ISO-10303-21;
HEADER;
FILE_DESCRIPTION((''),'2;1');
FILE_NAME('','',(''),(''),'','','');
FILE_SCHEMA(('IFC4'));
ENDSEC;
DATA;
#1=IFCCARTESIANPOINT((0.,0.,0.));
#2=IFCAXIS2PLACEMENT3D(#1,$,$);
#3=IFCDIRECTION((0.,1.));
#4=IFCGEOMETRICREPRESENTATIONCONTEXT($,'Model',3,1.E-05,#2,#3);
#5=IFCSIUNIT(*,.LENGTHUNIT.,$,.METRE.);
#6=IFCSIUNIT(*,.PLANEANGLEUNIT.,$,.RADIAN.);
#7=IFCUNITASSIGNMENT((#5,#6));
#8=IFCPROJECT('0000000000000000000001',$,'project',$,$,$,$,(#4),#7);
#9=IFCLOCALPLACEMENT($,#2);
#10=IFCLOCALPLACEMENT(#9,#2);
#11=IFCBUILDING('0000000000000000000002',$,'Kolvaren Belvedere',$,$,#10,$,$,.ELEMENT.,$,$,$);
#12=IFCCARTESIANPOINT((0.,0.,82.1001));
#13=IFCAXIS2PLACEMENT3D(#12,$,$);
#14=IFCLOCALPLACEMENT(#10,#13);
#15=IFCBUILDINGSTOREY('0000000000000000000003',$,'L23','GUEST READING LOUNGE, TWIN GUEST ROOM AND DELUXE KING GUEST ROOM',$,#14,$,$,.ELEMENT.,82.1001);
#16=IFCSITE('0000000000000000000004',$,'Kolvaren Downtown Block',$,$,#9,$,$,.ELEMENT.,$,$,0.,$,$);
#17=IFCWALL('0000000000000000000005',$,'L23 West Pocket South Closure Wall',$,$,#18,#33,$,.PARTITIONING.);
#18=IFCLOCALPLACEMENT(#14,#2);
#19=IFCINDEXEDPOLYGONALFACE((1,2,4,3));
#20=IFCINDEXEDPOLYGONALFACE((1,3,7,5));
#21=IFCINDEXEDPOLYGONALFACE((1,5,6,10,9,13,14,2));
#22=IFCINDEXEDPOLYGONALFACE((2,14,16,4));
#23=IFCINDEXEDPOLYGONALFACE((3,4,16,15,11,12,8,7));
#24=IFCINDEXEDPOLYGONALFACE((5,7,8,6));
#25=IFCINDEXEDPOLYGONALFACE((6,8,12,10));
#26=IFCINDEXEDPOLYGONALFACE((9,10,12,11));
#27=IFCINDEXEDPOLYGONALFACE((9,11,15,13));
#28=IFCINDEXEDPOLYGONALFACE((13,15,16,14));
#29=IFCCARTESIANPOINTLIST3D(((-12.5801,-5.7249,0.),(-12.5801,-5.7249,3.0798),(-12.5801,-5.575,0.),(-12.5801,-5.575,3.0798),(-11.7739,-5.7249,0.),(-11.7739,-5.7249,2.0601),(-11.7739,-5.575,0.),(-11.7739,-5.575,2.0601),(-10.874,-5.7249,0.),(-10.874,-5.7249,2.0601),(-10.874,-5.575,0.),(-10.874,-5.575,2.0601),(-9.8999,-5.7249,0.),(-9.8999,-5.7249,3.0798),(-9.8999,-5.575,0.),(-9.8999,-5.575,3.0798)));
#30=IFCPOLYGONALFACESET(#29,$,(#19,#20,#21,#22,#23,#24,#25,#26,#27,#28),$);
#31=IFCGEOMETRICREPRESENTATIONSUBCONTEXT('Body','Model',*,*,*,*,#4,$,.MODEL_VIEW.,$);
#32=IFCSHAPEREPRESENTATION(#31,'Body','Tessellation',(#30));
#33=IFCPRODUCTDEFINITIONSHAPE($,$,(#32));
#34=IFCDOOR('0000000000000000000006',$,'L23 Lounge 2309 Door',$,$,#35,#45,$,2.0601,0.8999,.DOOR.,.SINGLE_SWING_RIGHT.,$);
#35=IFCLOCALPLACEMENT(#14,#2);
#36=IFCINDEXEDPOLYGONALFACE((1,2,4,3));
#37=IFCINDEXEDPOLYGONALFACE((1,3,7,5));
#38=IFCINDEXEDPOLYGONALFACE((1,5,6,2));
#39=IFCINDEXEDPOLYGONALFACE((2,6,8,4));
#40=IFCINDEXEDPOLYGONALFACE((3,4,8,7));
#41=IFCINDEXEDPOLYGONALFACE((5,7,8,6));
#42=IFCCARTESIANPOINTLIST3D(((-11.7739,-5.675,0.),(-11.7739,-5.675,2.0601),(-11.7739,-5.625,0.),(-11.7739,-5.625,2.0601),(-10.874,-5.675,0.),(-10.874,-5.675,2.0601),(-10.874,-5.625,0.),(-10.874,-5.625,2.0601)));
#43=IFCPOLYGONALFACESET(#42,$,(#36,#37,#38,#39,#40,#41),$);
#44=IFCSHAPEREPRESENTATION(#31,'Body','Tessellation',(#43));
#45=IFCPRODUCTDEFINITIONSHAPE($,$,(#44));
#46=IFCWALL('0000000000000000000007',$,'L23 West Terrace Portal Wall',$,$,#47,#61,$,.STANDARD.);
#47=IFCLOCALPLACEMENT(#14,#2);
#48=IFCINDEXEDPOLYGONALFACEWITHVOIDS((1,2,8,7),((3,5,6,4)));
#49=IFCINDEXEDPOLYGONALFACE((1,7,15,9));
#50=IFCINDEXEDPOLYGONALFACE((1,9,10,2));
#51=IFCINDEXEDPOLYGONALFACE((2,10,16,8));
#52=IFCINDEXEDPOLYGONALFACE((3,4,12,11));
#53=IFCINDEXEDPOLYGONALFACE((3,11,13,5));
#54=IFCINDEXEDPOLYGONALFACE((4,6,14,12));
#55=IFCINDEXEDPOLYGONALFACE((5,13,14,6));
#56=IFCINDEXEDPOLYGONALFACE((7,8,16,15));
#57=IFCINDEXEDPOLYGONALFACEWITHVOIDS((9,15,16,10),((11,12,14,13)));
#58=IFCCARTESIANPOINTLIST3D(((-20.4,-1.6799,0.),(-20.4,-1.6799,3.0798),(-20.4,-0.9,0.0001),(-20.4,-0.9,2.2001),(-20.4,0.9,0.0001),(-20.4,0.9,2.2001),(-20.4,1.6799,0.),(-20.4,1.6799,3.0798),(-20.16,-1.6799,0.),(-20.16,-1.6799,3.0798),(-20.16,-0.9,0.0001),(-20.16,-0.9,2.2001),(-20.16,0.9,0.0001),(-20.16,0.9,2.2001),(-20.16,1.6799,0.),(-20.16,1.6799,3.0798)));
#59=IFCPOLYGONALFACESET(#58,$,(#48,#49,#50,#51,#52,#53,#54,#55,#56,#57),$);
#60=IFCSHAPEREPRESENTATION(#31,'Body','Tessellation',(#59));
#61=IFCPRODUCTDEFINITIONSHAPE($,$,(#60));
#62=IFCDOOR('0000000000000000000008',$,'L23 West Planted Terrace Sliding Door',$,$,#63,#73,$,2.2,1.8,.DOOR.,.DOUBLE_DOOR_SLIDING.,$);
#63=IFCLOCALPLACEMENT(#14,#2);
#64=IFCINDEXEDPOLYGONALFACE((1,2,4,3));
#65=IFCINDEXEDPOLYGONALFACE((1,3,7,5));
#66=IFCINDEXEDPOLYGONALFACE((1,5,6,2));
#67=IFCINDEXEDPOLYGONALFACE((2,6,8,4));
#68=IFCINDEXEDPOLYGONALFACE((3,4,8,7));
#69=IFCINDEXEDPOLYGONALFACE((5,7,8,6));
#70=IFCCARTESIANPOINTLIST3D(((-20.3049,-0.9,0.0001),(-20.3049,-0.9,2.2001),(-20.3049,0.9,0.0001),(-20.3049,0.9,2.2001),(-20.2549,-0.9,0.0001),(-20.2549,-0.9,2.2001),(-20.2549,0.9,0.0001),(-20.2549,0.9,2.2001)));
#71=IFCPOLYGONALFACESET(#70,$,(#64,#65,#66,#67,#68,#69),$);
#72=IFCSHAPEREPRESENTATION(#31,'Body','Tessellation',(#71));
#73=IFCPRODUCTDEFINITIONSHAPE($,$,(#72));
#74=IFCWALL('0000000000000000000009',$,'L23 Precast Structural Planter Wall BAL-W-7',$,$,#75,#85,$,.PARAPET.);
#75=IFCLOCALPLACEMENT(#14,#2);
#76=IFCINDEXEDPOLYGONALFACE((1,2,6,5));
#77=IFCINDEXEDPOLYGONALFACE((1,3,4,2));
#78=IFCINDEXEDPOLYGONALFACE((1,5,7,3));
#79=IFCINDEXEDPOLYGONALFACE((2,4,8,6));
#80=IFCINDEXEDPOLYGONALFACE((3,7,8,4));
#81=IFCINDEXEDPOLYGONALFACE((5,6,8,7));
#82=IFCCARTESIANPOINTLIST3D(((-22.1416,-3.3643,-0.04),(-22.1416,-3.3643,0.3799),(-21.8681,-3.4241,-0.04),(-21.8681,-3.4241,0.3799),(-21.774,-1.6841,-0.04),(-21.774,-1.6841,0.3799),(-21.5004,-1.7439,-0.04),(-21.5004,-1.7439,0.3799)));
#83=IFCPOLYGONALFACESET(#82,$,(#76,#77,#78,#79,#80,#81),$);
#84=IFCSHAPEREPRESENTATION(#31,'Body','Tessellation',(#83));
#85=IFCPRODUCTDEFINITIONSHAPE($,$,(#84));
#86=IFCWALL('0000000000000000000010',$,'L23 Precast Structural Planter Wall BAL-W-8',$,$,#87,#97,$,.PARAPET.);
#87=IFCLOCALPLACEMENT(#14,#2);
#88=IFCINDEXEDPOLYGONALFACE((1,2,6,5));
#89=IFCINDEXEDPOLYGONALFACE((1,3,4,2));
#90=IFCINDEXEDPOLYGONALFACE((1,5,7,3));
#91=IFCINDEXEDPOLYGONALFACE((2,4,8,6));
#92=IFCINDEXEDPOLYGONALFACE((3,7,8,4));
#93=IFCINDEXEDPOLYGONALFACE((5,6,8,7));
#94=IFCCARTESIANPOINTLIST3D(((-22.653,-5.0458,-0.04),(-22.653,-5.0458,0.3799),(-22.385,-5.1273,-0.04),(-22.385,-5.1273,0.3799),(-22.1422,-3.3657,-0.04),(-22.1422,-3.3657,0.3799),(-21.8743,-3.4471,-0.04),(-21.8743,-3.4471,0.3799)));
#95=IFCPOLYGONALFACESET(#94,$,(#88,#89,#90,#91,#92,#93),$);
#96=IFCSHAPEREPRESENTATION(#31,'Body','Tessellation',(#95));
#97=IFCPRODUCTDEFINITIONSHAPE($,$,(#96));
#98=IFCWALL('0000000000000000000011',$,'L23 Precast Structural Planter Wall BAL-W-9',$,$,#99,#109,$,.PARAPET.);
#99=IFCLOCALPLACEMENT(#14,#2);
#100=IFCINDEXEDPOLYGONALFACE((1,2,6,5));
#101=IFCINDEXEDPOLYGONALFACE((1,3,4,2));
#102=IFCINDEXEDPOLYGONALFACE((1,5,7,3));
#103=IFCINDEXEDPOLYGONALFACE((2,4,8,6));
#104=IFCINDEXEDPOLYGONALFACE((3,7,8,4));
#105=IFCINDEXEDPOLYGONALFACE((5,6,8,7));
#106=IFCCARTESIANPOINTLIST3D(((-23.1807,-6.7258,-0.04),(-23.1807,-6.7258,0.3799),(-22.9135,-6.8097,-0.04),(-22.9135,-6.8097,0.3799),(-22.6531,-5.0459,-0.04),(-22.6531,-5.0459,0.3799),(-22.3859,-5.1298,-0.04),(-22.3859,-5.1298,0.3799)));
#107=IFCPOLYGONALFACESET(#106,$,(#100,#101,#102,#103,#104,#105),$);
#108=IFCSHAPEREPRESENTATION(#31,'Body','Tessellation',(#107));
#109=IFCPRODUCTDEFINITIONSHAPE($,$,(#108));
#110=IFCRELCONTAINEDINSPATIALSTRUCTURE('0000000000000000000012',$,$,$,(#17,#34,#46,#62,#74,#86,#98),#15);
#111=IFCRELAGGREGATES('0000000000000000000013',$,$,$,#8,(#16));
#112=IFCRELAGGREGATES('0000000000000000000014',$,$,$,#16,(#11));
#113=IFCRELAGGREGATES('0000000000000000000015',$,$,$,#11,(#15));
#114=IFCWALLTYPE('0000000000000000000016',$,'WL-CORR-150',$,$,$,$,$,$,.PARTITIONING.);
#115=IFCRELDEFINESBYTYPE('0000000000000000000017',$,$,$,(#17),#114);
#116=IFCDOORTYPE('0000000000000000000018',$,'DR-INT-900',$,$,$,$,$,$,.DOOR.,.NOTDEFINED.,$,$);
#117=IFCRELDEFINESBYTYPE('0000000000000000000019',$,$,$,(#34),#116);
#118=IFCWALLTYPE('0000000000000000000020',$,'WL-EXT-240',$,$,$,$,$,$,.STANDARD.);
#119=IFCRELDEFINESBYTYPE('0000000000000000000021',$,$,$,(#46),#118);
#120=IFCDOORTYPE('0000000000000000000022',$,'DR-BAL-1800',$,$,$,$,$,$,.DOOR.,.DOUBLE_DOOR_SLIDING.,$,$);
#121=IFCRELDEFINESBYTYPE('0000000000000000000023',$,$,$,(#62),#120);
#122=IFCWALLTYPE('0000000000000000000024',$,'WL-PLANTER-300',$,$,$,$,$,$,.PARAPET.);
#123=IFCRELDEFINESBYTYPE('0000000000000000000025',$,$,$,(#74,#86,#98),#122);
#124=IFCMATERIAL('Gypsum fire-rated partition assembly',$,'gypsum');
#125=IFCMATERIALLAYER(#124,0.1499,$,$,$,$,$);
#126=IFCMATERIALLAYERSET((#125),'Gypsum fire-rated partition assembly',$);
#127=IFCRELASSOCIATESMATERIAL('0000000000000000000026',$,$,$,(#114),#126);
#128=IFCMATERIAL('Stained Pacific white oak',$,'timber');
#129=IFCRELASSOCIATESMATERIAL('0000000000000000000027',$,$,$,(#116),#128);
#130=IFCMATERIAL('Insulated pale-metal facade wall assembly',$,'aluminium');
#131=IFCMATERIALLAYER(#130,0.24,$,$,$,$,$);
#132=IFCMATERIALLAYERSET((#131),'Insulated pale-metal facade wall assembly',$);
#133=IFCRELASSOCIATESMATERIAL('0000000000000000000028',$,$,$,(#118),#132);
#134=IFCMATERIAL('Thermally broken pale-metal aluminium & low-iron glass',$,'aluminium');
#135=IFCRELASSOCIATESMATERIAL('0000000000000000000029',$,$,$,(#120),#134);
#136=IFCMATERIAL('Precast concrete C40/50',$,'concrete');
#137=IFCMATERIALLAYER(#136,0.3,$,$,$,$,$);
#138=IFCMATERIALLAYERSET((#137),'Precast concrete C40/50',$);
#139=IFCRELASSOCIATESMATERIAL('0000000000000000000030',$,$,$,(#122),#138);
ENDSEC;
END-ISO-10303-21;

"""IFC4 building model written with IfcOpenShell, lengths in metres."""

from ifc_helpers import new_model, si_unit, direction, frame, frame_2d, origin, place, context, subcontext, project, spatial, rectangle, extrude, material, layer, layer_set, type_object, element, fill, save


model = new_model("IFC4")

# Units and contexts
model_context = context("Model", 3, precision=1e-05, world=origin(), true_north=direction((0.0, 1.0)))
body_context = subcontext(model_context, "Body", "Model", "MODEL_VIEW")
ifc_project = project(units=[si_unit("LENGTHUNIT", "METRE"), si_unit("PLANEANGLEUNIT", "RADIAN")], contexts=[model_context])

# Site, building, storey
site_placement = place(None, origin())
site = spatial("IfcSite", under=ifc_project, at=site_placement, Name="Kolvaren Downtown Block", CompositionType="ELEMENT", RefElevation=0.0)
building_placement = place(site_placement, origin())
building = spatial("IfcBuilding", under=site, at=building_placement, Name="Kolvaren Belvedere", CompositionType="ELEMENT")
storey_placement = place(building_placement, frame((0.0, 0.0, 82.1001)))
storey = spatial("IfcBuildingStorey", under=building, at=storey_placement, Name="L23", Description="GUEST READING LOUNGE, TWIN GUEST ROOM AND DELUXE KING GUEST ROOM", CompositionType="ELEMENT", Elevation=82.1001)

# Walls, openings, doors
ifc_material_1 = material(Name="Gypsum fire-rated partition assembly", Category="gypsum")
ifc_layer_1 = layer(ifc_material_1, 0.1499)
ifc_layer_set_1 = layer_set([ifc_layer_1], Name="Gypsum fire-rated partition assembly")
wall_type_1 = type_object("IfcWallType", Name="WL-CORR-150", PredefinedType="PARTITIONING", material=ifc_layer_set_1)
ifc_material_2 = material(Name="Stained Pacific white oak", Category="timber")
door_type_1 = type_object("IfcDoorType", Name="DR-INT-900", OperationType="NOTDEFINED", PredefinedType="DOOR", material=ifc_material_2)
wall_1_placement = place(storey_placement, frame((-12.5801, -5.6499, 0.0), z_axis=(0.0, 0.0, 1.0), x_axis=(1.0, 0.0, 0.0)))
wall_1 = element("IfcWall", 1, at=wall_1_placement, inside=storey, type_object=wall_type_1, Name="L23 West Pocket South Closure Wall", PredefinedType="PARTITIONING", context=body_context, shape_type="SweptSolid", body=[
    extrude(rectangle(XDim=2.6802, YDim=0.1499, at=frame_2d((1.3401, 0.0))), origin(), (0.0, 0.0, 1.0), 3.0798),
])
opening_1_placement = place(wall_1_placement, frame((0.8062, 0.0, 0.0)))
opening_1 = element("IfcOpeningElement", 2, at=opening_1_placement, cuts=wall_1, PredefinedType="OPENING", context=body_context, shape_type="SweptSolid", body=[
    extrude(rectangle(XDim=0.8999, YDim=2.0601, at=frame_2d((0.45, 1.03))), frame((0.0, 0.085, 0.0), z_axis=(0.0, -1.0, 0.0), x_axis=(1.0, 0.0, 0.0)), (0.0, 0.0, 1.0), 0.1699),
])
door_1_placement = place(opening_1_placement, origin())
door_1 = element("IfcDoor", 3, at=door_1_placement, inside=storey, type_object=door_type_1, Name="L23 Lounge 2309 Door", OperationType="SINGLE_SWING_RIGHT", OverallHeight=2.0601, OverallWidth=0.8999, PredefinedType="DOOR", context=body_context, shape_type="SweptSolid", body=[
    extrude(rectangle(XDim=0.8999, YDim=2.0601, at=frame_2d((0.45, 1.03))), frame((0.0, 0.0249, 0.0), z_axis=(0.0, -1.0, 0.0), x_axis=(1.0, 0.0, 0.0)), (0.0, 0.0, 1.0), 0.05),
])
fill(opening_1, door_1)
ifc_material_3 = material(Name="Insulated pale-metal facade wall assembly", Category="aluminium")
ifc_layer_2 = layer(ifc_material_3, 0.24)
ifc_layer_set_2 = layer_set([ifc_layer_2], Name="Insulated pale-metal facade wall assembly")
wall_type_2 = type_object("IfcWallType", Name="WL-EXT-240", PredefinedType="STANDARD", material=ifc_layer_set_2)
wall_2_placement = place(storey_placement, frame((-20.28, -1.6799, 0.0), z_axis=(0.0, 0.0, 1.0), x_axis=(0.0, 1.0, 0.0)))
wall_2 = element("IfcWall", 4, at=wall_2_placement, inside=storey, type_object=wall_type_2, Name="L23 West Terrace Portal Wall", PredefinedType="STANDARD", context=body_context, shape_type="SweptSolid", body=[
    extrude(rectangle(XDim=3.3599, YDim=0.24, at=frame_2d((1.6799, 0.0))), origin(), (0.0, 0.0, 1.0), 3.0798),
])
opening_2_placement = place(wall_2_placement, frame((0.78, 0.0, 0.0)))
opening_2 = element("IfcOpeningElement", 5, at=opening_2_placement, cuts=wall_2, PredefinedType="OPENING", context=body_context, shape_type="SweptSolid", body=[
    extrude(rectangle(XDim=1.8, YDim=2.2, at=frame_2d((0.8999, 1.1001))), frame((0.0, 0.1299, 0.0), z_axis=(0.0, -1.0, 0.0), x_axis=(1.0, 0.0, 0.0)), (0.0, 0.0, 1.0), 0.26),
])
ifc_material_4 = material(Name="Thermally broken pale-metal aluminium & low-iron glass", Category="aluminium")
door_type_2 = type_object("IfcDoorType", Name="DR-BAL-1800", OperationType="DOUBLE_DOOR_SLIDING", PredefinedType="DOOR", material=ifc_material_4)
door_2_placement = place(opening_2_placement, origin())
door_2 = element("IfcDoor", 6, at=door_2_placement, inside=storey, type_object=door_type_2, Name="L23 West Planted Terrace Sliding Door", OperationType="DOUBLE_DOOR_SLIDING", OverallHeight=2.2, OverallWidth=1.8, PredefinedType="DOOR", context=body_context, shape_type="SweptSolid", body=[
    extrude(rectangle(XDim=1.8, YDim=2.2, at=frame_2d((0.8999, 1.1001))), frame((0.0, 0.0249, 0.0), z_axis=(0.0, -1.0, 0.0), x_axis=(1.0, 0.0, 0.0)), (0.0, 0.0, 1.0), 0.05),
])
fill(opening_2, door_2)

# Walls
ifc_material_5 = material(Name="Precast concrete C40/50", Category="concrete")
ifc_layer_3 = layer(ifc_material_5, 0.3)
ifc_layer_set_3 = layer_set([ifc_layer_3], Name="Precast concrete C40/50")
wall_type_3 = type_object("IfcWallType", Name="WL-PLANTER-300", PredefinedType="PARAPET", material=ifc_layer_set_3)
wall_3_placement = place(storey_placement, frame((-21.6372, -1.7141, -0.04), z_axis=(0.0, 0.0, 1.0), x_axis=(-0.213773, -0.976883, 0.0)))
element("IfcWall", 7, at=wall_3_placement, inside=storey, type_object=wall_type_3, Name="L23 Precast Structural Planter Wall BAL-W-7", PredefinedType="PARAPET", context=body_context, shape_type="SweptSolid", body=[
    extrude(rectangle(XDim=1.72, YDim=0.28, at=frame_2d((0.8599, 0.0))), origin(), (0.0, 0.0, 1.0), 0.4199),
])
wall_4_placement = place(storey_placement, frame((-22.0083, -3.4065, -0.04), z_axis=(0.0, 0.0, 1.0), x_axis=(-0.290841, -0.956771, 0.0)))
element("IfcWall", 8, at=wall_4_placement, inside=storey, type_object=wall_type_3, Name="L23 Precast Structural Planter Wall BAL-W-8", PredefinedType="PARAPET", context=body_context, shape_type="SweptSolid", body=[
    extrude(rectangle(XDim=1.7561, YDim=0.28, at=frame_2d((0.8779, 0.0))), origin(), (0.0, 0.0, 1.0), 0.4199),
])
wall_5_placement = place(storey_placement, frame((-22.5195, -5.0879, -0.04), z_axis=(0.0, 0.0, 1.0), x_axis=(-0.299625, -0.954057, 0.0)))
element("IfcWall", 9, at=wall_5_placement, inside=storey, type_object=wall_type_3, Name="L23 Precast Structural Planter Wall BAL-W-9", PredefinedType="PARAPET", context=body_context, shape_type="SweptSolid", body=[
    extrude(rectangle(XDim=1.7607, YDim=0.28, at=frame_2d((0.8804, 0.0))), origin(), (0.0, 0.0, 1.0), 0.4199),
])

save(model, "model.ifc")
